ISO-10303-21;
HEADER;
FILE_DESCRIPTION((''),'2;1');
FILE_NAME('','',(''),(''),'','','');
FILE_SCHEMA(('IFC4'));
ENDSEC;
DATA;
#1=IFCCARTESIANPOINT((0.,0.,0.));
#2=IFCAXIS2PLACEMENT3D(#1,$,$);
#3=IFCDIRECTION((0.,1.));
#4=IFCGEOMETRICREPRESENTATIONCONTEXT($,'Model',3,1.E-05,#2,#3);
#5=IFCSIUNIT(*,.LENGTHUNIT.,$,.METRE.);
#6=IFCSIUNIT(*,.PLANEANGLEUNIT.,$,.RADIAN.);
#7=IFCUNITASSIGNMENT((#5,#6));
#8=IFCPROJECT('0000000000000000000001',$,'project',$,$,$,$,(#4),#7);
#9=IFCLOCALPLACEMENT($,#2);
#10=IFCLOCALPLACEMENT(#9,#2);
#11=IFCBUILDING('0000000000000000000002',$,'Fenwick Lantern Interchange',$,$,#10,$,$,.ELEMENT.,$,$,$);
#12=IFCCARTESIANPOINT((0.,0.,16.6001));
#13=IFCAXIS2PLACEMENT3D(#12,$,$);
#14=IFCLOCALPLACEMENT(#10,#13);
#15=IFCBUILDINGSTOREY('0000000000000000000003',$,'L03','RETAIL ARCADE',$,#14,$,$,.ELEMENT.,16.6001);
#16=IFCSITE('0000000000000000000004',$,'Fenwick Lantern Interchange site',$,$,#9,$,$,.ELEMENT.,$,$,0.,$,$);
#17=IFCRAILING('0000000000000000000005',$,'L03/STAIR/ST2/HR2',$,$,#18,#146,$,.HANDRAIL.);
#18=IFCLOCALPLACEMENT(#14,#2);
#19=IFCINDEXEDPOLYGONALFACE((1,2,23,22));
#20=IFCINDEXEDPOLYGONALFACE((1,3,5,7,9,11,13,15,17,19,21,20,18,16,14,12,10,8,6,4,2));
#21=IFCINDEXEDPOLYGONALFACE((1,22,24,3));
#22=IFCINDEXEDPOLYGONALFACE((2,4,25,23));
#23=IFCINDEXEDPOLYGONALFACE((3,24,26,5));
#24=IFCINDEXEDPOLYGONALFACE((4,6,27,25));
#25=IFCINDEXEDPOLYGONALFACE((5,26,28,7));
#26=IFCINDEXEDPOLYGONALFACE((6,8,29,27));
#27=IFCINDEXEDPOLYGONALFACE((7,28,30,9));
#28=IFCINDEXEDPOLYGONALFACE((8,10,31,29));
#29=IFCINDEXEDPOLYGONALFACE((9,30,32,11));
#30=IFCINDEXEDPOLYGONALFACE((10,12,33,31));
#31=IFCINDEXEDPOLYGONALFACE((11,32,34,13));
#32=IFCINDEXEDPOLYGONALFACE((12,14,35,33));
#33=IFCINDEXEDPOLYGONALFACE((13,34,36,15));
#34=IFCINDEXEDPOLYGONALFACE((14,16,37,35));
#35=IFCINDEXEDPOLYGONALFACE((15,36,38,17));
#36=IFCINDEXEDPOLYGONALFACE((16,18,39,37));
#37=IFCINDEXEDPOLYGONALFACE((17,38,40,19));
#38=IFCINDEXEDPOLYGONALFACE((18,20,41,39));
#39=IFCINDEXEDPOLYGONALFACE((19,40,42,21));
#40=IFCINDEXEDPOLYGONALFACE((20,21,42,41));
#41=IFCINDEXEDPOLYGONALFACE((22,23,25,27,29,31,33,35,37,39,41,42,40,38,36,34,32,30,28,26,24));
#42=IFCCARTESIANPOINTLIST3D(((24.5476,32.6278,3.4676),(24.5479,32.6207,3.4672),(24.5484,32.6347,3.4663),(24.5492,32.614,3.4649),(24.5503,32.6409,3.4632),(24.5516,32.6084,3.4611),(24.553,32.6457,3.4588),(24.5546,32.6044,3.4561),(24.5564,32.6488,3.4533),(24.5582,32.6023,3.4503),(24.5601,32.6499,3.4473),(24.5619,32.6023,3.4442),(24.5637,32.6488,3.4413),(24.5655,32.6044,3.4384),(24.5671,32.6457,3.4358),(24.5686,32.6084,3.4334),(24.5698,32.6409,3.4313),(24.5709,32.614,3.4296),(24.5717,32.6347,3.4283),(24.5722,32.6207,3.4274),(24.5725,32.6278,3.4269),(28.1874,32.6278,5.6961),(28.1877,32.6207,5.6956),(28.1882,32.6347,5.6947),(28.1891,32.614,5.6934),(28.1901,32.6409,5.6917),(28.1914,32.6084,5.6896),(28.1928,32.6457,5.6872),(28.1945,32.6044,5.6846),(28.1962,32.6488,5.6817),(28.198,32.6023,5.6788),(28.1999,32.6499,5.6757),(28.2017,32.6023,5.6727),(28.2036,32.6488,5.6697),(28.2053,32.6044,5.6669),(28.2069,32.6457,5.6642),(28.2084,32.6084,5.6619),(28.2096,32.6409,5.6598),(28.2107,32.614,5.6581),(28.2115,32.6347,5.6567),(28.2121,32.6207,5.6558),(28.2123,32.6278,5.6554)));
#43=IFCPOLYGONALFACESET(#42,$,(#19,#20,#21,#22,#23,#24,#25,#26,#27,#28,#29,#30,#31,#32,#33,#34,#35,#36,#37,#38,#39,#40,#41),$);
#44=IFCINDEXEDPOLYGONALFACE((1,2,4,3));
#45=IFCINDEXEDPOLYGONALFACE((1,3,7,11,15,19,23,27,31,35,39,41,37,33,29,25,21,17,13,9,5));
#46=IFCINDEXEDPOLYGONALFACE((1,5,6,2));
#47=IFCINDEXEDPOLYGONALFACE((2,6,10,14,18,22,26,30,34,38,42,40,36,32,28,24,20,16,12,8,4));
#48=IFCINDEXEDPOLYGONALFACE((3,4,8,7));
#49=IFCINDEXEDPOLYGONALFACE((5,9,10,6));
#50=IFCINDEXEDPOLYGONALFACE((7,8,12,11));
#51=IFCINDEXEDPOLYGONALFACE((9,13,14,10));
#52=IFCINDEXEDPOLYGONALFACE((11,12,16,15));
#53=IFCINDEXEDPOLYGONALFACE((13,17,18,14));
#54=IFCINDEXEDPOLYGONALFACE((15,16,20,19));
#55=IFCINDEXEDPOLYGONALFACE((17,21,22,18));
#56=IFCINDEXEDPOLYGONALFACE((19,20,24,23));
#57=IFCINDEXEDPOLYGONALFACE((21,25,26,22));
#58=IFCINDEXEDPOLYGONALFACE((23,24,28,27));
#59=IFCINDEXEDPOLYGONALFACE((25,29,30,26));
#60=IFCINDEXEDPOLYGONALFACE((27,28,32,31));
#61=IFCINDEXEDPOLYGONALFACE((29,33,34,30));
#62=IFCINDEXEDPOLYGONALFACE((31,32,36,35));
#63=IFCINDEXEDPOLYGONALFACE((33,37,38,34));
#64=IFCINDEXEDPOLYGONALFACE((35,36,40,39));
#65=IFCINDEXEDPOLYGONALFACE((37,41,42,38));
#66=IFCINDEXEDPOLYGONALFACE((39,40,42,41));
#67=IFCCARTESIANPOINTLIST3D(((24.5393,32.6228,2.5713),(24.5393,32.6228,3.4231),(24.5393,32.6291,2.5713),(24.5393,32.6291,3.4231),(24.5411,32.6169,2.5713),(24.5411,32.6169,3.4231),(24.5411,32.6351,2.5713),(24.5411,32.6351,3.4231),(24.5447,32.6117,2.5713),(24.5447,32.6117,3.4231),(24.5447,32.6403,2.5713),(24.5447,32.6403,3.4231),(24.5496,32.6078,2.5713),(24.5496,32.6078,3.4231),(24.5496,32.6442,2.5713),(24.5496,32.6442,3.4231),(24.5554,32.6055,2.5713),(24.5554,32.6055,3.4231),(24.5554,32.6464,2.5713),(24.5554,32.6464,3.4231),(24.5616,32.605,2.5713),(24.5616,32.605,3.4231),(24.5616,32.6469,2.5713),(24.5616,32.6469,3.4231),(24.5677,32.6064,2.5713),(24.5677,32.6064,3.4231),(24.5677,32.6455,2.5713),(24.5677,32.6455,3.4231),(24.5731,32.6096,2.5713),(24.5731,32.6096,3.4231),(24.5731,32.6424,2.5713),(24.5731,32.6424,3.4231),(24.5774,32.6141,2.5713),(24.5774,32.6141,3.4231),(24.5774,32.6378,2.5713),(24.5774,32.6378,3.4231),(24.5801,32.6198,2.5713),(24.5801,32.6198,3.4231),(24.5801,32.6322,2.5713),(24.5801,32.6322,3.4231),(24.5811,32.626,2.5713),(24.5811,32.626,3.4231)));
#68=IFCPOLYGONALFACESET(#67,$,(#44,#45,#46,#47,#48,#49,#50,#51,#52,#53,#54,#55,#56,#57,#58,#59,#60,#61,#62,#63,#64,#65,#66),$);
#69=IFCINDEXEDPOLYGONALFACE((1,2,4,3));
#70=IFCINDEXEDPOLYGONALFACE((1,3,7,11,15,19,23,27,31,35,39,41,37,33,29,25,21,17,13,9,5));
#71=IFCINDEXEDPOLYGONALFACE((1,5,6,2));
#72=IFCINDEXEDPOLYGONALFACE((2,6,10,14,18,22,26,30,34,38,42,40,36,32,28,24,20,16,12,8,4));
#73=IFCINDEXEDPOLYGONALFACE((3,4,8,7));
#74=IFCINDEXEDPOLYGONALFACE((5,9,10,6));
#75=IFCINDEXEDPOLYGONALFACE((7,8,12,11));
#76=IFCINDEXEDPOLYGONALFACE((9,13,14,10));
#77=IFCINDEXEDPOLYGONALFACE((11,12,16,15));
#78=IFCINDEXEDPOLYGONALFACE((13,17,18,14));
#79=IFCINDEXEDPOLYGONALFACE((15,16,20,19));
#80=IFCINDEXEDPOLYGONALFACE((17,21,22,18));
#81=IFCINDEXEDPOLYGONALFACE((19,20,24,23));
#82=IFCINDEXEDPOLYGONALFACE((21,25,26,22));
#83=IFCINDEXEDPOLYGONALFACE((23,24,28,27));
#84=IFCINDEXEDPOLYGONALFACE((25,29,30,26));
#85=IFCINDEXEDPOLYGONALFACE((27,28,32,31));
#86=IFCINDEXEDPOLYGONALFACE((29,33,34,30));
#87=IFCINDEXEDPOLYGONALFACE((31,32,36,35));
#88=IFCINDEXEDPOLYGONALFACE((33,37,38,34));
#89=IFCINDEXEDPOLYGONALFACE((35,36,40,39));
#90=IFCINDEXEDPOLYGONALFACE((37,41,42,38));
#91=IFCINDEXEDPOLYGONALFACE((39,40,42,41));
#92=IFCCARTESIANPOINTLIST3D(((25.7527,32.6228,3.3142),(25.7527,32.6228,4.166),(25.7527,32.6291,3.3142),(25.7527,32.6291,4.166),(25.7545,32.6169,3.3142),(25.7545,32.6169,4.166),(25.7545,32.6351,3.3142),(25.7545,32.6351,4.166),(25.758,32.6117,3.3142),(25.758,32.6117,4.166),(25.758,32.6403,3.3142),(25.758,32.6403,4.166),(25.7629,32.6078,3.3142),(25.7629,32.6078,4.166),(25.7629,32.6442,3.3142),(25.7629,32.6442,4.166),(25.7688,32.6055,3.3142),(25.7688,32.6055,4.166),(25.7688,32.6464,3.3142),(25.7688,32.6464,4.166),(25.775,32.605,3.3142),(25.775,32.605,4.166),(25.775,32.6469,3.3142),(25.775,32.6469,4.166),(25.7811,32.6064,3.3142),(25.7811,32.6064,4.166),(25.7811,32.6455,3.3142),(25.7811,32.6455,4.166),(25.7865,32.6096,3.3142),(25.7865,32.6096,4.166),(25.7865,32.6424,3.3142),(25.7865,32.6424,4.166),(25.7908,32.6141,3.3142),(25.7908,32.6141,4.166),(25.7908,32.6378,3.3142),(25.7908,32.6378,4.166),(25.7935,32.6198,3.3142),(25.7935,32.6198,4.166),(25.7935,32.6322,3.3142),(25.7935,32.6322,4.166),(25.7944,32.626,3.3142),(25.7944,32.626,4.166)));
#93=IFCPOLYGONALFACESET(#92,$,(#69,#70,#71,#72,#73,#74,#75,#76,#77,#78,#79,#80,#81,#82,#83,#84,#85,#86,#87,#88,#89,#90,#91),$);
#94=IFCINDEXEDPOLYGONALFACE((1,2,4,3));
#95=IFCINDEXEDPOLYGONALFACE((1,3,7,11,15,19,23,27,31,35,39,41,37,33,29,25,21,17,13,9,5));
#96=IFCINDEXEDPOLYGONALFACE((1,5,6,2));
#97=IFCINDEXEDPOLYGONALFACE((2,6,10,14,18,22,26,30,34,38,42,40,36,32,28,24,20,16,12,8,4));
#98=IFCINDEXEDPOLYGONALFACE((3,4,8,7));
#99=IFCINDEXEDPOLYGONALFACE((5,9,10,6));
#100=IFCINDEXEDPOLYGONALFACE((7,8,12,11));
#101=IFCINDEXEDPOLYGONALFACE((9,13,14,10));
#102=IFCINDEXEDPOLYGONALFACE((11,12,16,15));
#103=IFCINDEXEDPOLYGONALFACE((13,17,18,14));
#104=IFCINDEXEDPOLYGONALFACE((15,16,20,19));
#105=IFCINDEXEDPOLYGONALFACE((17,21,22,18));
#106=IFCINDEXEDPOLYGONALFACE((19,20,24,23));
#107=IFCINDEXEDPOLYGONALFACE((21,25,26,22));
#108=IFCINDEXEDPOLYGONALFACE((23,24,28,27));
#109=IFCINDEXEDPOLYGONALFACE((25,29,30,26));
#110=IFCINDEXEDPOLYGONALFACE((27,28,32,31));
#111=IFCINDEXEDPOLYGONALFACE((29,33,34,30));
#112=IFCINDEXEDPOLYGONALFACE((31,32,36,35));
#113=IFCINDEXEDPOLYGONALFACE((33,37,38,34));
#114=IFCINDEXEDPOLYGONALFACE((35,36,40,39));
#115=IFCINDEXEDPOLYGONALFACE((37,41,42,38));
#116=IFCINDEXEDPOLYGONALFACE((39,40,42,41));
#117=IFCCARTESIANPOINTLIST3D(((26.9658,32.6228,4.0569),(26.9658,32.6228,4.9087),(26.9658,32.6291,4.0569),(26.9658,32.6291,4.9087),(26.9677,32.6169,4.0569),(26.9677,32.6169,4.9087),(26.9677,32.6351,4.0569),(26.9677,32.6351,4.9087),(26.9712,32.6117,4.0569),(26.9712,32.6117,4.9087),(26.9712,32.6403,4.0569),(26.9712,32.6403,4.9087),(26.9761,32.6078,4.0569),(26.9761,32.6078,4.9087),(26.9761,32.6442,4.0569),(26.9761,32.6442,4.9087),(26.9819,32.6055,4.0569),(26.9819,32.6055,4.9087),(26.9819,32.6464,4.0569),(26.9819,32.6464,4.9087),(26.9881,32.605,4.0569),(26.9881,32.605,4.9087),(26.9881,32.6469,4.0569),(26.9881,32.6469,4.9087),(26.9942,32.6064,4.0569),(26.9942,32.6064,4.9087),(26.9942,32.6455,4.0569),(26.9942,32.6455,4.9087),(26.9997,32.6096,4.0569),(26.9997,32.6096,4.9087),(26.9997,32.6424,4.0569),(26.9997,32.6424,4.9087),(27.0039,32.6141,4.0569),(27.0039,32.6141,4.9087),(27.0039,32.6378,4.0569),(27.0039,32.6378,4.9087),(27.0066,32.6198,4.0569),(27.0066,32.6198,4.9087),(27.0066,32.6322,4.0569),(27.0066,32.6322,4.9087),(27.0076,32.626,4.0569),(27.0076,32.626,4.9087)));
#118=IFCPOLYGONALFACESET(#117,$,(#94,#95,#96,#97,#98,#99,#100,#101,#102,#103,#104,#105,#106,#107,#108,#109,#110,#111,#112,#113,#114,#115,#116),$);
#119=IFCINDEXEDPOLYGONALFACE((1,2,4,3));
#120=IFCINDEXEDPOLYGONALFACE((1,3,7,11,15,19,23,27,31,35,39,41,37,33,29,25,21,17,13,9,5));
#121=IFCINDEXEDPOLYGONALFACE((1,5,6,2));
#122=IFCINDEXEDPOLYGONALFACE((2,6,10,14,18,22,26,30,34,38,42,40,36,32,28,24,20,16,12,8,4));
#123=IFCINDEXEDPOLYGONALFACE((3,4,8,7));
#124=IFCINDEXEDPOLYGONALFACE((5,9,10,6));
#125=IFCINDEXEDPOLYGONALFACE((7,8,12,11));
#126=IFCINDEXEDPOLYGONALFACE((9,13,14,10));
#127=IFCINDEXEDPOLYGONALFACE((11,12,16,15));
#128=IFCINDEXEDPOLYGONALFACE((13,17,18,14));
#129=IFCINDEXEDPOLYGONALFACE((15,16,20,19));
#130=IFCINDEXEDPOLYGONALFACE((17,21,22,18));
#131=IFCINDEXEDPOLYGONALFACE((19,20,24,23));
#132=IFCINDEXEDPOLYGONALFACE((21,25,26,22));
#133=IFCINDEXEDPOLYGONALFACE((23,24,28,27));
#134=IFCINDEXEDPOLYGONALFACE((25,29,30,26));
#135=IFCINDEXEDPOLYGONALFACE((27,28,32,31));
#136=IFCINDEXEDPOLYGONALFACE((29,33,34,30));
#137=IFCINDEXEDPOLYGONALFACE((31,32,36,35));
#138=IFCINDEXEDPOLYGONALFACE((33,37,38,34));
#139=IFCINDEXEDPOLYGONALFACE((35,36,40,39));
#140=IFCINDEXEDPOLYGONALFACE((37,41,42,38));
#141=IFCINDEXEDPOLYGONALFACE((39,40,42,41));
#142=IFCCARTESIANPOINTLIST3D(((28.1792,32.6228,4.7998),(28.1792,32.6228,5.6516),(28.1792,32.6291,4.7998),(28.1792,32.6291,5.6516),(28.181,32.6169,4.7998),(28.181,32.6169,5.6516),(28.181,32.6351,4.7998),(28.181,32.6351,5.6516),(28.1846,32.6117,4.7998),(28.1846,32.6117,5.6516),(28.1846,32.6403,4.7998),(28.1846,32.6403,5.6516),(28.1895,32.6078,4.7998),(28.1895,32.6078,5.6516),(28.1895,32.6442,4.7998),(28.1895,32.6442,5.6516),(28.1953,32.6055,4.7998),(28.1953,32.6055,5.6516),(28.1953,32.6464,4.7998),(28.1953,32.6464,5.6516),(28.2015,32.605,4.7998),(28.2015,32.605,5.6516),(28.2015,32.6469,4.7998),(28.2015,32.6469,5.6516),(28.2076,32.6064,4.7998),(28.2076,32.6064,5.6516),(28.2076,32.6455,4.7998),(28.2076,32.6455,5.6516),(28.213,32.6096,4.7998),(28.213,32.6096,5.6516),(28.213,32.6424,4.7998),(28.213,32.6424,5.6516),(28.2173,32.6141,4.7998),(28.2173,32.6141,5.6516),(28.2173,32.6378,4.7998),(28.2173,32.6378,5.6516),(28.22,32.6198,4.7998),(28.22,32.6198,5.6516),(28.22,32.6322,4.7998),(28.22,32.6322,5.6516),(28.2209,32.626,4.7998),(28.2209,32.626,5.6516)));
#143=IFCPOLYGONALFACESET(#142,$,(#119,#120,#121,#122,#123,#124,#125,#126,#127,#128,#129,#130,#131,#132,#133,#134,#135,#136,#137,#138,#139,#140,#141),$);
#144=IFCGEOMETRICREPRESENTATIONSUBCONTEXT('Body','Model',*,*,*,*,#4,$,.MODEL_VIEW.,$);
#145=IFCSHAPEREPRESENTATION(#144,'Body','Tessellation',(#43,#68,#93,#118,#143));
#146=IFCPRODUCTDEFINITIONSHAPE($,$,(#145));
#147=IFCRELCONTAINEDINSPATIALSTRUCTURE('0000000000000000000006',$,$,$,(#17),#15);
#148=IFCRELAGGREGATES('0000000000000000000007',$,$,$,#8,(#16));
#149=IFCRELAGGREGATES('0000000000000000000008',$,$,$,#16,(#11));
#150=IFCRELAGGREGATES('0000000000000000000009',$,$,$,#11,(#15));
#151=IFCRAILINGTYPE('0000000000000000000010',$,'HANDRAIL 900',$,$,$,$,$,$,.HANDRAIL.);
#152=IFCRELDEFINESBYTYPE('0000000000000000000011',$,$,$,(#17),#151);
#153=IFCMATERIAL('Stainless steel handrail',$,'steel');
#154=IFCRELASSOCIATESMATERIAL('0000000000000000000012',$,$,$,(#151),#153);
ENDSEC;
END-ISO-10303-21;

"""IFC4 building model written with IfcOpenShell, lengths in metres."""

from ifc_helpers import new_model, si_unit, direction, frame, origin, origin_2d, place, context, subcontext, project, spatial, circle, extrude, material, type_object, element, save


model = new_model("IFC4")

# Units and contexts
model_context = context("Model", 3, precision=1e-05, world=origin(), true_north=direction((0.0, 1.0)))
body_context = subcontext(model_context, "Body", "Model", "MODEL_VIEW")
ifc_project = project(units=[si_unit("LENGTHUNIT", "METRE"), si_unit("PLANEANGLEUNIT", "RADIAN")], contexts=[model_context])

# Site, building, storey
site_placement = place(None, origin())
site = spatial("IfcSite", under=ifc_project, at=site_placement, Name="Fenwick Lantern Interchange site", CompositionType="ELEMENT", RefElevation=0.0)
building_placement = place(site_placement, origin())
building = spatial("IfcBuilding", under=site, at=building_placement, Name="Fenwick Lantern Interchange", CompositionType="ELEMENT")
storey_placement = place(building_placement, frame((0.0, 0.0, 16.6001)))
storey = spatial("IfcBuildingStorey", under=building, at=storey_placement, Name="L03", Description="RETAIL ARCADE", CompositionType="ELEMENT", Elevation=16.6001)

# Railing
ifc_material_1 = material(Name="Stainless steel handrail", Category="steel")
railing_type = type_object("IfcRailingType", Name="HANDRAIL 900", PredefinedType="HANDRAIL", material=ifc_material_1)
railing_placement = place(storey_placement, frame((24.5601, 32.626, 2.5713)))
element("IfcRailing", 1, at=railing_placement, inside=storey, type_object=railing_type, Name="L03/STAIR/ST2/HR2", PredefinedType="HANDRAIL", context=body_context, shape_type="SweptSolid", body=[
    extrude(circle(Radius=0.0239, at=origin_2d()), frame((0.0, 0.0, 0.876), z_axis=(0.85285, 0.0, 0.522156), x_axis=(0.0, 1.0, 0.0)), (0.0, 0.0, 1.0), 4.2678),
    extrude(circle(Radius=0.021, at=origin_2d()), origin(), (0.0, 0.0, 1.0), 0.8518),
    extrude(circle(Radius=0.021, at=origin_2d()), frame((1.2134, 0.0, 0.7429)), (0.0, 0.0, 1.0), 0.8518),
    extrude(circle(Radius=0.021, at=origin_2d()), frame((2.4265, 0.0, 1.4856)), (0.0, 0.0, 1.0), 0.8518),
    extrude(circle(Radius=0.021, at=origin_2d()), frame((3.6399, 0.0, 2.2285)), (0.0, 0.0, 1.0), 0.8518),
])

save(model, "model.ifc")
